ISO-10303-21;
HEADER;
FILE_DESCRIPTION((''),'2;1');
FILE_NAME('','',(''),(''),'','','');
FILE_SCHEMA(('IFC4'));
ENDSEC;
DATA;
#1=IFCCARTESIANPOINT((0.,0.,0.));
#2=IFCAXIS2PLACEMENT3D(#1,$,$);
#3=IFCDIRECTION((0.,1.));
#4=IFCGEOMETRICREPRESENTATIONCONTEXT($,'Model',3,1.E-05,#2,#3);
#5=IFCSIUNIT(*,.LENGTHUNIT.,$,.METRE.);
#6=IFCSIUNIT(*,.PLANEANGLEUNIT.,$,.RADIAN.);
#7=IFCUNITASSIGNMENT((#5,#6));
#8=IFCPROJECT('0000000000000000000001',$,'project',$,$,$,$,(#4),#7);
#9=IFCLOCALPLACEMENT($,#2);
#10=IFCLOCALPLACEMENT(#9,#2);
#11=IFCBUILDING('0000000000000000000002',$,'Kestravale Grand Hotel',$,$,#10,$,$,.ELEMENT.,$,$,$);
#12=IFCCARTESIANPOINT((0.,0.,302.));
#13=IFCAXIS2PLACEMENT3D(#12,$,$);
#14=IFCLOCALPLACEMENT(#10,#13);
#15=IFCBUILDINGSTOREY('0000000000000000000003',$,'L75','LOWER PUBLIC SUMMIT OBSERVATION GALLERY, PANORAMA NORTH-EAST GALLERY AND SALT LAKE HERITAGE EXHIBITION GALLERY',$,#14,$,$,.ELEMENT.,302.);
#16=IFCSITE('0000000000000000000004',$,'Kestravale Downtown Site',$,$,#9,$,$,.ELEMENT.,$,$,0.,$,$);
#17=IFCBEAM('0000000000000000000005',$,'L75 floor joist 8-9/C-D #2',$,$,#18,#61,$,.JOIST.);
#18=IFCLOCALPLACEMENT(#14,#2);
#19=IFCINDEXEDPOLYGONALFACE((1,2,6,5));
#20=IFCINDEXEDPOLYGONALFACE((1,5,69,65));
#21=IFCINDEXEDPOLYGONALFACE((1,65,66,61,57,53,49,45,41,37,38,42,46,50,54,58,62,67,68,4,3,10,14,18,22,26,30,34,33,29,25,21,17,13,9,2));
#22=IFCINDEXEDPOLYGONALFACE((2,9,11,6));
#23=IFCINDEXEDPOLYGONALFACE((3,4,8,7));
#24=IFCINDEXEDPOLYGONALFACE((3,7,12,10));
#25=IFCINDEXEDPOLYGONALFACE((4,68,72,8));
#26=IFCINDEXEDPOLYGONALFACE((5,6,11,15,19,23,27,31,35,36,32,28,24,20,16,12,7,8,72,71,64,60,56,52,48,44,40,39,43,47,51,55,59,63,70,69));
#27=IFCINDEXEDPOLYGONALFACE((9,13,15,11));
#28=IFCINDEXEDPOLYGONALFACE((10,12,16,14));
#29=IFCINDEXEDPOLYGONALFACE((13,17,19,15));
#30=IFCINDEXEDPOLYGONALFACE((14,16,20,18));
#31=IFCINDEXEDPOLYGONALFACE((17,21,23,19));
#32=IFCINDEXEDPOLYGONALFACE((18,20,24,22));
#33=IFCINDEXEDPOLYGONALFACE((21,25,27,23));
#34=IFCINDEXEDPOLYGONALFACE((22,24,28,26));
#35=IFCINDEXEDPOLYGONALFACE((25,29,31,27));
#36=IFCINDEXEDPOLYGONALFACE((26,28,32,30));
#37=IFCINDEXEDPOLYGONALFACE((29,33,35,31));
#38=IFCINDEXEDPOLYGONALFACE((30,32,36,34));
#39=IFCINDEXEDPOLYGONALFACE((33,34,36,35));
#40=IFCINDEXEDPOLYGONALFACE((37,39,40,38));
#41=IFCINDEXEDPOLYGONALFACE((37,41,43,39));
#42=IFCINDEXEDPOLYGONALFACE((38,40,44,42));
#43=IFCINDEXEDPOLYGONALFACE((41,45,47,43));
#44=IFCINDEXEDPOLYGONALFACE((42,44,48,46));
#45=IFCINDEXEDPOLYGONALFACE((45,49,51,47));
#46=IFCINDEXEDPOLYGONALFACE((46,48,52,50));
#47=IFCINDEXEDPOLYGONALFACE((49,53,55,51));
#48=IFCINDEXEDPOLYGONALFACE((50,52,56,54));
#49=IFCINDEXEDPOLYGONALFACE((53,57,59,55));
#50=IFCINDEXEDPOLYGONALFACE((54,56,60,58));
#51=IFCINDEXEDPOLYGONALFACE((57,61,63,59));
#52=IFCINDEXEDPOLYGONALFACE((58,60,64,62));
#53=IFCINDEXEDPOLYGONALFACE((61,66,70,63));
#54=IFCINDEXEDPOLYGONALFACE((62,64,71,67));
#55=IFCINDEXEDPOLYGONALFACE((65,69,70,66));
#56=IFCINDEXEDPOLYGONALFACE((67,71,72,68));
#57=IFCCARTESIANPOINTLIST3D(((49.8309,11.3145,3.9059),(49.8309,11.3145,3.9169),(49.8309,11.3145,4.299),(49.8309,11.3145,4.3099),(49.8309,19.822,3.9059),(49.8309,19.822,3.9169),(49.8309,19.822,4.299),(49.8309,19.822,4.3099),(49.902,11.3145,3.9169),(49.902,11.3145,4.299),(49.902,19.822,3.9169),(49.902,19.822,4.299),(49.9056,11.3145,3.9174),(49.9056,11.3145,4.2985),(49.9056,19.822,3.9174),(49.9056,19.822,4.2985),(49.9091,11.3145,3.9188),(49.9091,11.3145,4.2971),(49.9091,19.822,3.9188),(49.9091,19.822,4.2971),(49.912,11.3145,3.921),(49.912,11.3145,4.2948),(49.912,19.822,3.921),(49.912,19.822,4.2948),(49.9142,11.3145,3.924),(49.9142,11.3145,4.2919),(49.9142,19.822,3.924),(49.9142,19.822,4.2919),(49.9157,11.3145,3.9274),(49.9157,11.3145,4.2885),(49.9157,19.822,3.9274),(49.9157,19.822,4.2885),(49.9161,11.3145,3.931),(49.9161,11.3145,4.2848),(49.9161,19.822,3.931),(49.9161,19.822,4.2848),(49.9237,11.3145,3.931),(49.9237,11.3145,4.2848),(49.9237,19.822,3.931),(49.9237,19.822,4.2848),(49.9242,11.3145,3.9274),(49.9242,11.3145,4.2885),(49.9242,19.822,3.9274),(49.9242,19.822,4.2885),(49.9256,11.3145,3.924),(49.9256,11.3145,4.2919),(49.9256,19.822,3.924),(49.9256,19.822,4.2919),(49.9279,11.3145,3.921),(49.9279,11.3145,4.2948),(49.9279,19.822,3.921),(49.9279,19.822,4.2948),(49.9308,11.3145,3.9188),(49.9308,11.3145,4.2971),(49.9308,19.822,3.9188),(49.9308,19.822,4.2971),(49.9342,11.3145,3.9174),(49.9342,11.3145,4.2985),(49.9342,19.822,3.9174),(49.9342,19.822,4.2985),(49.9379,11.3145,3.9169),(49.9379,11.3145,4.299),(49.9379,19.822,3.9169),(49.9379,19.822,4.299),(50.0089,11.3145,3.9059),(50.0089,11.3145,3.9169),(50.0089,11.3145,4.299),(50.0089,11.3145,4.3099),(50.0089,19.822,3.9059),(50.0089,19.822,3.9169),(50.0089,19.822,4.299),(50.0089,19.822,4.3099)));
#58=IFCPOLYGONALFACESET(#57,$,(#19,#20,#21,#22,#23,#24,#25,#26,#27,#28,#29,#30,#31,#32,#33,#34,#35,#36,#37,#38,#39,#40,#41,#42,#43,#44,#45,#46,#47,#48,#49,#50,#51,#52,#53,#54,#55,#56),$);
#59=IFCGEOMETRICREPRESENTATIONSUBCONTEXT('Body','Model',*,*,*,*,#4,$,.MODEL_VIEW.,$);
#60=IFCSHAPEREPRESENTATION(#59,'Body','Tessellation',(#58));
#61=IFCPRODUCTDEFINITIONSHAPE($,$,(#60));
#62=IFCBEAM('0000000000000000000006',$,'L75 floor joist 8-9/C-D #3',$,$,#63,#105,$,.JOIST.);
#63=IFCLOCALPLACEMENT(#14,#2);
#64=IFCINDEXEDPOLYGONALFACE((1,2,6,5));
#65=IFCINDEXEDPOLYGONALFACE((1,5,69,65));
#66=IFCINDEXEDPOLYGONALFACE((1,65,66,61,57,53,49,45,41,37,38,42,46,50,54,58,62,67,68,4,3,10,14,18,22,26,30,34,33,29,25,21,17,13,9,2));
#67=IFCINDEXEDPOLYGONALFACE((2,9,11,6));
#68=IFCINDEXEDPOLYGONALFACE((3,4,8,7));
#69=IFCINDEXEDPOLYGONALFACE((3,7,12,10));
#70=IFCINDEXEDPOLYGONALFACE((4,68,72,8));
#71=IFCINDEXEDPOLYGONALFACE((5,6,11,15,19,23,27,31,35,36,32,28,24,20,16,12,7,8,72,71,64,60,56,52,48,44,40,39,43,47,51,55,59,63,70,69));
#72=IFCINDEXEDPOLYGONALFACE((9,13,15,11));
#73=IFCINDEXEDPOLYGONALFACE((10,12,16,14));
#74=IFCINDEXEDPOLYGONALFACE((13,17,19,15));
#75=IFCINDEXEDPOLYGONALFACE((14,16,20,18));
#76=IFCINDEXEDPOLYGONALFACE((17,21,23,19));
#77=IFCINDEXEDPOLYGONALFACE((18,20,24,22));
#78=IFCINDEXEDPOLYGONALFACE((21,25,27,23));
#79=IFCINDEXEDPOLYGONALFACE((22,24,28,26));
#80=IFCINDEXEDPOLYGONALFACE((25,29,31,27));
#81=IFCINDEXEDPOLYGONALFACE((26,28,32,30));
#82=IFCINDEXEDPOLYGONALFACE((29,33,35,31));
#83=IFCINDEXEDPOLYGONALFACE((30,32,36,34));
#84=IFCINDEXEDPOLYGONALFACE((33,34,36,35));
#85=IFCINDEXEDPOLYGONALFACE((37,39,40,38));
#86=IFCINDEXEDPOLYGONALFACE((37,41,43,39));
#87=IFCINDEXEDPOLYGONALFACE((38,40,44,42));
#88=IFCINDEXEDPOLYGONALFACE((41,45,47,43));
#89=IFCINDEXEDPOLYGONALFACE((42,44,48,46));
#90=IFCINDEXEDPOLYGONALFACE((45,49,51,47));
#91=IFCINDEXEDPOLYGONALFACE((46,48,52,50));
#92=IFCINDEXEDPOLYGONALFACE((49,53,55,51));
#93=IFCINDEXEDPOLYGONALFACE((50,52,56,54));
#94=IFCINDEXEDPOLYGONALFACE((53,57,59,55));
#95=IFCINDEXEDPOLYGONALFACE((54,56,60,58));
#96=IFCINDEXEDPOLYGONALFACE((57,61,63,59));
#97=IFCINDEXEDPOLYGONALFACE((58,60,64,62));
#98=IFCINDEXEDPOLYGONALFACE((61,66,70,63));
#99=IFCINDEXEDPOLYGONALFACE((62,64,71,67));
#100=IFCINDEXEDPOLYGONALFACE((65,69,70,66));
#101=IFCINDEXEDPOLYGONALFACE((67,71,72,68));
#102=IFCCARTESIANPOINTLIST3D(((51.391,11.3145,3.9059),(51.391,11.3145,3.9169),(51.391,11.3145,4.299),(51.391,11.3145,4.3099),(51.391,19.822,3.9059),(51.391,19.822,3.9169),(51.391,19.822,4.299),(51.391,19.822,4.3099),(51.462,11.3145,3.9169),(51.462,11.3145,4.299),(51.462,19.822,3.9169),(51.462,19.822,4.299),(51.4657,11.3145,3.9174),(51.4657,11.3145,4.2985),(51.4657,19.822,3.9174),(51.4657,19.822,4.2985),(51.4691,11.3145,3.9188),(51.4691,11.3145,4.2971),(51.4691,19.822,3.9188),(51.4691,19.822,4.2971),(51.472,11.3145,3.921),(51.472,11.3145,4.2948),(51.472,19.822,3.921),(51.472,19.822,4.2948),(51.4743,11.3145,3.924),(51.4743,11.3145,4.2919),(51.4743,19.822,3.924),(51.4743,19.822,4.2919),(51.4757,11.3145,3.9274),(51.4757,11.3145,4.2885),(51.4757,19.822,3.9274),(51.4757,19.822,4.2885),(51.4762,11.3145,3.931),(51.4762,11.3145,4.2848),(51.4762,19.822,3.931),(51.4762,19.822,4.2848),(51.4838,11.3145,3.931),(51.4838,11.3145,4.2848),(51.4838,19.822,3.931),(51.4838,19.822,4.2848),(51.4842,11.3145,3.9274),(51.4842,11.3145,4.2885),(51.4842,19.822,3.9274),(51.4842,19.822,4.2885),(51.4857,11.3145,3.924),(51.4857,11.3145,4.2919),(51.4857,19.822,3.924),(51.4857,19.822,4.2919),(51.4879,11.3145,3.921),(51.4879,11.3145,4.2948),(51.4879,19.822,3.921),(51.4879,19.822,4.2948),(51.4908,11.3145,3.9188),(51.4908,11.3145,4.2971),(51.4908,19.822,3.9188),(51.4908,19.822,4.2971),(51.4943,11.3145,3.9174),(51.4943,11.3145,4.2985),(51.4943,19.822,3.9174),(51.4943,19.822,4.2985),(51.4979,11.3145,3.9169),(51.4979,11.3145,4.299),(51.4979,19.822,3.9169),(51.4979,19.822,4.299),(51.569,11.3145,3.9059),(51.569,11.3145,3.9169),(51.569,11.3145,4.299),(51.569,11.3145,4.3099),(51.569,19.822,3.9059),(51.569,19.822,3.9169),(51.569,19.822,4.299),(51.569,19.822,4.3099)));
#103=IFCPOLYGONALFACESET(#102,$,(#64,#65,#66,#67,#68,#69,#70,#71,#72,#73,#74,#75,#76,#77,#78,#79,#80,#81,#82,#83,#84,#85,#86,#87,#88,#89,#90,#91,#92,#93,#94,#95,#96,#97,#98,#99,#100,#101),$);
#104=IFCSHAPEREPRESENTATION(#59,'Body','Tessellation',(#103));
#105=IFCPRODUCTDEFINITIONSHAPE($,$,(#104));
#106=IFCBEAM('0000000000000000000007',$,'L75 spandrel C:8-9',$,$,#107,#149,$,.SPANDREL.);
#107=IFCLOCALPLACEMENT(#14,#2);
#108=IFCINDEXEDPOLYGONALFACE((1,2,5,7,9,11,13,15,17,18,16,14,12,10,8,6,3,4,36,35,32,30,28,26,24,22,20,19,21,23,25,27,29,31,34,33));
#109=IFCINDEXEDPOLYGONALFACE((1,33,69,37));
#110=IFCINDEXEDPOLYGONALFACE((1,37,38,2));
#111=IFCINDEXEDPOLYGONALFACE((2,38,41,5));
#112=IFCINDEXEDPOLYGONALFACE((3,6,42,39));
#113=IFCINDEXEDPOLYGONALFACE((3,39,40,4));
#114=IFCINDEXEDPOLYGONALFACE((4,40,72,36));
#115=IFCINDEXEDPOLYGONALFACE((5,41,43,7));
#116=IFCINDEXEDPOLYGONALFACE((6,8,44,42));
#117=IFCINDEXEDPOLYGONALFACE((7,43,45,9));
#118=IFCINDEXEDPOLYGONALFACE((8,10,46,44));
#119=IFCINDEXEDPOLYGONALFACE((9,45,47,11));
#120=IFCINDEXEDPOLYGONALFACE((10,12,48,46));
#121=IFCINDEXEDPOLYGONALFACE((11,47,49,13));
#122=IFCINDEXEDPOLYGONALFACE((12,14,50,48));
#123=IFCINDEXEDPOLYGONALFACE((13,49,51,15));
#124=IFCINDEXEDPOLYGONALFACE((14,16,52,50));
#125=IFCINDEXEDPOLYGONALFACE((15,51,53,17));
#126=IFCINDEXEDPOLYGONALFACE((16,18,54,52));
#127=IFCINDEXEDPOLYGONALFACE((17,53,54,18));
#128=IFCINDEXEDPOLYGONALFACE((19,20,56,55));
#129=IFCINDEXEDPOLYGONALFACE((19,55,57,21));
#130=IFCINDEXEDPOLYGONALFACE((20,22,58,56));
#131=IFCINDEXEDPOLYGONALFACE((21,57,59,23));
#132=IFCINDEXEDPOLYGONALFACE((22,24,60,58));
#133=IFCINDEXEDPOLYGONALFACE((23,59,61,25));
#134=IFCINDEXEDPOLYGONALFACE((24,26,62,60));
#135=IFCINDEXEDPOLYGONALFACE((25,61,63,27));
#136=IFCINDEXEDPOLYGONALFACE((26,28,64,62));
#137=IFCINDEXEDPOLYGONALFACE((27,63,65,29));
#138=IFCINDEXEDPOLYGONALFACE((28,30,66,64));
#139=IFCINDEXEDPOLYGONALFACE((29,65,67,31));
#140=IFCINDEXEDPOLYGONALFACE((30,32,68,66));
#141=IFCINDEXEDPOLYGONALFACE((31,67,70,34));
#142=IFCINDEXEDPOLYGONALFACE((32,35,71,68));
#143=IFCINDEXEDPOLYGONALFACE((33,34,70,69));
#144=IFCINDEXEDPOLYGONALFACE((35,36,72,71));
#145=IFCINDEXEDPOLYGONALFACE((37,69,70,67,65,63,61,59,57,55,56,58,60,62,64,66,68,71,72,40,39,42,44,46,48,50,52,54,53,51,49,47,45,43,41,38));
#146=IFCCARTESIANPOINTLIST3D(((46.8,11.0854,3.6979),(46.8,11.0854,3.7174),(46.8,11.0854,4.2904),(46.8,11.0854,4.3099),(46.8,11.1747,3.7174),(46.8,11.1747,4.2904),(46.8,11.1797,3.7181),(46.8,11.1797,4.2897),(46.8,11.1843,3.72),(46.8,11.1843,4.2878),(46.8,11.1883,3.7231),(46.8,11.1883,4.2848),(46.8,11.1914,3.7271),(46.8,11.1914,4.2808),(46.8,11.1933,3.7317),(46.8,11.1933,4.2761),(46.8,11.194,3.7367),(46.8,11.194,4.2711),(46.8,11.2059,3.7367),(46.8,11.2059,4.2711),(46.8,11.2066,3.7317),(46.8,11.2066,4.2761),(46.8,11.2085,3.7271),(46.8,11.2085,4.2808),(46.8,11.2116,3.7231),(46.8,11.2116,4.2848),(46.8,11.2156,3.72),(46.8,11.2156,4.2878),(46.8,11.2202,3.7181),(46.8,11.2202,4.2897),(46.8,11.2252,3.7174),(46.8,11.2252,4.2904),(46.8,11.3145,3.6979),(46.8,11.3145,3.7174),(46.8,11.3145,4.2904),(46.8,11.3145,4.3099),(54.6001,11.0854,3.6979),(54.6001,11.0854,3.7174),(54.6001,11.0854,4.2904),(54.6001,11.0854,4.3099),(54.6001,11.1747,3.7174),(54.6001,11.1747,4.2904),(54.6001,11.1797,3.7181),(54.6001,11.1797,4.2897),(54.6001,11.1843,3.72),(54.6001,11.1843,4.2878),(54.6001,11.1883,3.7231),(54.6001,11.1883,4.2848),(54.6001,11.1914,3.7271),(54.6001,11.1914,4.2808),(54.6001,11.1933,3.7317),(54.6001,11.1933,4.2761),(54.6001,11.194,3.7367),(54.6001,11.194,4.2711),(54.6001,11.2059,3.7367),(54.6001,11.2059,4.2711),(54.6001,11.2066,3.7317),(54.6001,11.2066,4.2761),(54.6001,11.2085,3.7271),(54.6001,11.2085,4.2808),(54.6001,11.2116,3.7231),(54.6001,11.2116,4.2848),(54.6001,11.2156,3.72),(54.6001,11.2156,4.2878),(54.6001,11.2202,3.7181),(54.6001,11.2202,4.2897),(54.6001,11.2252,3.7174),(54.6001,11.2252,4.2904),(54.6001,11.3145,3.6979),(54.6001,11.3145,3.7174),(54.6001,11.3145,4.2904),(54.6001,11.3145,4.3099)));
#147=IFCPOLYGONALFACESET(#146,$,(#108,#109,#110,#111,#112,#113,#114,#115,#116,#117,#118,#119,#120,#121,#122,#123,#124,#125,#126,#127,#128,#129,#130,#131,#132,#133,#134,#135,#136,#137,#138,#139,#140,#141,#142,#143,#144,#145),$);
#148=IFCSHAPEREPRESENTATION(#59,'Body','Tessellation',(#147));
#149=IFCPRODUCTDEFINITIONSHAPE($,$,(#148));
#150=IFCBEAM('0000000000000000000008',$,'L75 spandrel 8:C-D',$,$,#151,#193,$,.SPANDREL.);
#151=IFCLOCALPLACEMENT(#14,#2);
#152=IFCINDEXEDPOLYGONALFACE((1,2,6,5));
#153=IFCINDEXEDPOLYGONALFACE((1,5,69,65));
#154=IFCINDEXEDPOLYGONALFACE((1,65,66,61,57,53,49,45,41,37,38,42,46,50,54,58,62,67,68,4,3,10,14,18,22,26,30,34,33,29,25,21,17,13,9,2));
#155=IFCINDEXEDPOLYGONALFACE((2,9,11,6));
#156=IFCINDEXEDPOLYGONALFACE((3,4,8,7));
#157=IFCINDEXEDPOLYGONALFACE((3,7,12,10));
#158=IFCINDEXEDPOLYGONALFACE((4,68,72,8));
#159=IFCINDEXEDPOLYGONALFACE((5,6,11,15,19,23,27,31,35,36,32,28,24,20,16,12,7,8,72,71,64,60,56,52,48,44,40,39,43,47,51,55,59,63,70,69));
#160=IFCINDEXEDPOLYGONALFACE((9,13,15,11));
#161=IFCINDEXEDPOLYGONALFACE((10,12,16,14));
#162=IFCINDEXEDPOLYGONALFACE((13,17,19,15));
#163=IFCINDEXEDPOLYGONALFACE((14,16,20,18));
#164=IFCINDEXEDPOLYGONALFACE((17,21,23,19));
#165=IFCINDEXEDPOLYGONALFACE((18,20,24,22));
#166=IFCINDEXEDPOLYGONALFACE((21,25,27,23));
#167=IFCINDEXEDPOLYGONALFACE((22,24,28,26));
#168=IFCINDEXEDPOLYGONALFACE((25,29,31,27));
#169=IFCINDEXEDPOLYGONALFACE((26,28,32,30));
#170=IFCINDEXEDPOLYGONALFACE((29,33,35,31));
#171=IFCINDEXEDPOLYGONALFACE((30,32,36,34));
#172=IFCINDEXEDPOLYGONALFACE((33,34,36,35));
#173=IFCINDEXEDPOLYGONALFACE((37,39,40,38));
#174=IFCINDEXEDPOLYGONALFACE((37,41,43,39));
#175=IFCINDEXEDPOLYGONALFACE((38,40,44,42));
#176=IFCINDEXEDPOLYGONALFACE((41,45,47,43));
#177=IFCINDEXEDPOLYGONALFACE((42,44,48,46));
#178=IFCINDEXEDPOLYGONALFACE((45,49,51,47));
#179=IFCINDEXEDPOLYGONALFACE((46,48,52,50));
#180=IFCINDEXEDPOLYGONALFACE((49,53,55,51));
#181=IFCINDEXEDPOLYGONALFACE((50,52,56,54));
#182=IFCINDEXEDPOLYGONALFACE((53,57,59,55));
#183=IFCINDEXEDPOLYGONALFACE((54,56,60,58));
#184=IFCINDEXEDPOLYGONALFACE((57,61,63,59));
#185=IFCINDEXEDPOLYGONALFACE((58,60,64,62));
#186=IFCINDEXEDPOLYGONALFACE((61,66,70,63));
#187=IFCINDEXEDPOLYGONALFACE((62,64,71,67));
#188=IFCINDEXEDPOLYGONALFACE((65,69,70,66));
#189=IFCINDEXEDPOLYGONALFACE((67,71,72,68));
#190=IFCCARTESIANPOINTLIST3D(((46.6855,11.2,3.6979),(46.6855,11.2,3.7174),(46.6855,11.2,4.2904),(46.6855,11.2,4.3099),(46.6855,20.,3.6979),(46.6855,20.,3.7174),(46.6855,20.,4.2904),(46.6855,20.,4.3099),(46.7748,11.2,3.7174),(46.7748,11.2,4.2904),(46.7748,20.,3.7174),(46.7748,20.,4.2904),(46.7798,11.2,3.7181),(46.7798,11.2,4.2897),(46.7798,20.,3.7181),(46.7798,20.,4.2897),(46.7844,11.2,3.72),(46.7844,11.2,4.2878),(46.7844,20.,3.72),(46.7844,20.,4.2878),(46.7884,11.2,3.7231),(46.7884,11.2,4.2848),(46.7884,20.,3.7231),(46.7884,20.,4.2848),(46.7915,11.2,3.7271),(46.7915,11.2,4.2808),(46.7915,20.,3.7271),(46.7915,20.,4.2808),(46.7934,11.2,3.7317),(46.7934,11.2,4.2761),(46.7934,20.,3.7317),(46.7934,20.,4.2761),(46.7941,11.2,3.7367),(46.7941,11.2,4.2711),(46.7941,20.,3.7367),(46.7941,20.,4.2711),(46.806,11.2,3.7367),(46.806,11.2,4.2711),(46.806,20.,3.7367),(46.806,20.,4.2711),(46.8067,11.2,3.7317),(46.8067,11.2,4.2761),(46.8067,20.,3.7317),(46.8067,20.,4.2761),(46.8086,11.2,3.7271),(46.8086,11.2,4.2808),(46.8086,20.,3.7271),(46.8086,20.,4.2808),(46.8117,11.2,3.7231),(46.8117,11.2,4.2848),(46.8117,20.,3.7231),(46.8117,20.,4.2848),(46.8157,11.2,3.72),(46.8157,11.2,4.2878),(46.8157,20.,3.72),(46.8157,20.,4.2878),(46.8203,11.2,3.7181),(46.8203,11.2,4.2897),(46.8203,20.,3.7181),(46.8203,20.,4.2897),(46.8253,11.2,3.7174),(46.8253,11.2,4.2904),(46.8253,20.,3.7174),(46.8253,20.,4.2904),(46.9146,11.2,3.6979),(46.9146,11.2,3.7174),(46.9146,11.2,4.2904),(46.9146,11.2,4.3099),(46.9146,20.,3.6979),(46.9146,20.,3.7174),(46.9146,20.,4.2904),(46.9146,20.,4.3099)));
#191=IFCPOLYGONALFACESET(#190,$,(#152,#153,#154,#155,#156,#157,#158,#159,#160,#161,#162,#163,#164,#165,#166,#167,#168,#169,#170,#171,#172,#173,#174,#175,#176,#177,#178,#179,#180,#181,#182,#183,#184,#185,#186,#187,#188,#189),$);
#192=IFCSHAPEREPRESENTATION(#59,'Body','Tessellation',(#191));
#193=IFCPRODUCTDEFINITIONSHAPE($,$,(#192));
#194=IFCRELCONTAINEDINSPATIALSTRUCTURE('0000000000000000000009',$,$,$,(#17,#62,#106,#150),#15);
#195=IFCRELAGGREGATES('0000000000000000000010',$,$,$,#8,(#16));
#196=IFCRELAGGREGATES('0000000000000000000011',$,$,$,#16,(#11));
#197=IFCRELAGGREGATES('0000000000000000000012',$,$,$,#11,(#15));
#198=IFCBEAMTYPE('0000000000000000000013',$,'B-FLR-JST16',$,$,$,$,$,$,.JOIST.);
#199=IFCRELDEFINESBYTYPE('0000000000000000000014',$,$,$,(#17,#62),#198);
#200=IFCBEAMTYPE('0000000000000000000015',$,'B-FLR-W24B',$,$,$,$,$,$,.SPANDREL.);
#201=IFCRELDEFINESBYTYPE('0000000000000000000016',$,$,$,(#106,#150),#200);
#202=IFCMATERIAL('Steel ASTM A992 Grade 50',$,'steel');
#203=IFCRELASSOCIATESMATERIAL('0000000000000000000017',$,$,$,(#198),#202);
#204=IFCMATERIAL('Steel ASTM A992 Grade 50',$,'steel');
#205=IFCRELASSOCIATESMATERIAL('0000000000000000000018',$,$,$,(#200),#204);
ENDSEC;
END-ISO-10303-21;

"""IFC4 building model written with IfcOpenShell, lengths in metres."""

from ifc_helpers import new_model, si_unit, direction, frame, origin, origin_2d, place, context, subcontext, project, spatial, i_section, extrude, material, material_profile, profile_set, type_object, element, save


model = new_model("IFC4")

# Units and contexts
model_context = context("Model", 3, precision=1e-05, world=origin(), true_north=direction((0.0, 1.0)))
body_context = subcontext(model_context, "Body", "Model", "MODEL_VIEW")
ifc_project = project(units=[si_unit("LENGTHUNIT", "METRE"), si_unit("PLANEANGLEUNIT", "RADIAN")], contexts=[model_context])

# Site, building, storey
site_placement = place(None, origin())
site = spatial("IfcSite", under=ifc_project, at=site_placement, Name="Kestravale Downtown Site", CompositionType="ELEMENT", RefElevation=0.0)
building_placement = place(site_placement, origin())
building = spatial("IfcBuilding", under=site, at=building_placement, Name="Kestravale Grand Hotel", CompositionType="ELEMENT")
storey_placement = place(building_placement, frame((0.0, 0.0, 302.0)))
storey = spatial("IfcBuildingStorey", under=building, at=storey_placement, Name="L75", Description="LOWER PUBLIC SUMMIT OBSERVATION GALLERY, PANORAMA NORTH-EAST GALLERY AND SALT LAKE HERITAGE EXHIBITION GALLERY", CompositionType="ELEMENT", Elevation=302.0)

# Beams
ifc_material_1 = material(Name="Steel ASTM A992 Grade 50", Category="steel")
ifc_material_profile_1 = material_profile(ifc_material_1, i_section(OverallWidth=0.178, OverallDepth=0.4041, WebThickness=0.0076, FlangeThickness=0.011, FilletRadius=0.0142, at=origin_2d()))
ifc_profile_set_1 = profile_set([ifc_material_profile_1], Name="Steel ASTM A992 Grade 50")
beam_type_1 = type_object("IfcBeamType", Name="B-FLR-JST16", PredefinedType="JOIST", material=ifc_profile_set_1)
for number, where, z_axis, x_axis, name in (
    (1, (49.9199, 11.3145, 4.1079), (0.0, 1.0, 0.0), (-1.0, 0.0, 0.0), "L75 floor joist 8-9/C-D #2"),
    (2, (51.48, 11.3145, 4.1079), (0.0, 1.0, 0.0), (-1.0, 0.0, 0.0), "L75 floor joist 8-9/C-D #3"),
):
    element("IfcBeam", number, at=place(storey_placement, frame(where, z_axis=z_axis, x_axis=x_axis)), inside=storey, type_object=beam_type_1, Name=name, PredefinedType="JOIST", context=body_context, shape_type="SweptSolid", body=[
        extrude(i_section(OverallWidth=0.178, OverallDepth=0.4041, WebThickness=0.0076, FlangeThickness=0.011, FilletRadius=0.0142, at=origin_2d()), origin(), (0.0, 0.0, 1.0), 8.5076),
    ])
ifc_material_2 = material(Name="Steel ASTM A992 Grade 50", Category="steel")
ifc_material_profile_2 = material_profile(ifc_material_2, i_section(OverallWidth=0.229, OverallDepth=0.6121, WebThickness=0.012, FlangeThickness=0.0195, FilletRadius=0.0193, at=origin_2d()))
ifc_profile_set_2 = profile_set([ifc_material_profile_2], Name="Steel ASTM A992 Grade 50")
beam_type_2 = type_object("IfcBeamType", Name="B-FLR-W24B", PredefinedType="SPANDREL", material=ifc_profile_set_2)
beam_1_placement = place(storey_placement, frame((46.8, 11.2, 4.0039), z_axis=(1.0, 0.0, 0.0), x_axis=(0.0, 1.0, 0.0)))
element("IfcBeam", 3, at=beam_1_placement, inside=storey, type_object=beam_type_2, Name="L75 spandrel C:8-9", PredefinedType="SPANDREL", context=body_context, shape_type="SweptSolid", body=[
    extrude(i_section(OverallWidth=0.229, OverallDepth=0.6121, WebThickness=0.012, FlangeThickness=0.0195, FilletRadius=0.0193, at=origin_2d()), origin(), (0.0, 0.0, 1.0), 7.8),
])
beam_2_placement = place(storey_placement, frame((46.8, 11.2, 4.0039), z_axis=(0.0, 1.0, 0.0), x_axis=(-1.0, 0.0, 0.0)))
element("IfcBeam", 4, at=beam_2_placement, inside=storey, type_object=beam_type_2, Name="L75 spandrel 8:C-D", PredefinedType="SPANDREL", context=body_context, shape_type="SweptSolid", body=[
    extrude(i_section(OverallWidth=0.229, OverallDepth=0.6121, WebThickness=0.012, FlangeThickness=0.0195, FilletRadius=0.0193, at=origin_2d()), origin(), (0.0, 0.0, 1.0), 8.8),
])

save(model, "model.ifc")
